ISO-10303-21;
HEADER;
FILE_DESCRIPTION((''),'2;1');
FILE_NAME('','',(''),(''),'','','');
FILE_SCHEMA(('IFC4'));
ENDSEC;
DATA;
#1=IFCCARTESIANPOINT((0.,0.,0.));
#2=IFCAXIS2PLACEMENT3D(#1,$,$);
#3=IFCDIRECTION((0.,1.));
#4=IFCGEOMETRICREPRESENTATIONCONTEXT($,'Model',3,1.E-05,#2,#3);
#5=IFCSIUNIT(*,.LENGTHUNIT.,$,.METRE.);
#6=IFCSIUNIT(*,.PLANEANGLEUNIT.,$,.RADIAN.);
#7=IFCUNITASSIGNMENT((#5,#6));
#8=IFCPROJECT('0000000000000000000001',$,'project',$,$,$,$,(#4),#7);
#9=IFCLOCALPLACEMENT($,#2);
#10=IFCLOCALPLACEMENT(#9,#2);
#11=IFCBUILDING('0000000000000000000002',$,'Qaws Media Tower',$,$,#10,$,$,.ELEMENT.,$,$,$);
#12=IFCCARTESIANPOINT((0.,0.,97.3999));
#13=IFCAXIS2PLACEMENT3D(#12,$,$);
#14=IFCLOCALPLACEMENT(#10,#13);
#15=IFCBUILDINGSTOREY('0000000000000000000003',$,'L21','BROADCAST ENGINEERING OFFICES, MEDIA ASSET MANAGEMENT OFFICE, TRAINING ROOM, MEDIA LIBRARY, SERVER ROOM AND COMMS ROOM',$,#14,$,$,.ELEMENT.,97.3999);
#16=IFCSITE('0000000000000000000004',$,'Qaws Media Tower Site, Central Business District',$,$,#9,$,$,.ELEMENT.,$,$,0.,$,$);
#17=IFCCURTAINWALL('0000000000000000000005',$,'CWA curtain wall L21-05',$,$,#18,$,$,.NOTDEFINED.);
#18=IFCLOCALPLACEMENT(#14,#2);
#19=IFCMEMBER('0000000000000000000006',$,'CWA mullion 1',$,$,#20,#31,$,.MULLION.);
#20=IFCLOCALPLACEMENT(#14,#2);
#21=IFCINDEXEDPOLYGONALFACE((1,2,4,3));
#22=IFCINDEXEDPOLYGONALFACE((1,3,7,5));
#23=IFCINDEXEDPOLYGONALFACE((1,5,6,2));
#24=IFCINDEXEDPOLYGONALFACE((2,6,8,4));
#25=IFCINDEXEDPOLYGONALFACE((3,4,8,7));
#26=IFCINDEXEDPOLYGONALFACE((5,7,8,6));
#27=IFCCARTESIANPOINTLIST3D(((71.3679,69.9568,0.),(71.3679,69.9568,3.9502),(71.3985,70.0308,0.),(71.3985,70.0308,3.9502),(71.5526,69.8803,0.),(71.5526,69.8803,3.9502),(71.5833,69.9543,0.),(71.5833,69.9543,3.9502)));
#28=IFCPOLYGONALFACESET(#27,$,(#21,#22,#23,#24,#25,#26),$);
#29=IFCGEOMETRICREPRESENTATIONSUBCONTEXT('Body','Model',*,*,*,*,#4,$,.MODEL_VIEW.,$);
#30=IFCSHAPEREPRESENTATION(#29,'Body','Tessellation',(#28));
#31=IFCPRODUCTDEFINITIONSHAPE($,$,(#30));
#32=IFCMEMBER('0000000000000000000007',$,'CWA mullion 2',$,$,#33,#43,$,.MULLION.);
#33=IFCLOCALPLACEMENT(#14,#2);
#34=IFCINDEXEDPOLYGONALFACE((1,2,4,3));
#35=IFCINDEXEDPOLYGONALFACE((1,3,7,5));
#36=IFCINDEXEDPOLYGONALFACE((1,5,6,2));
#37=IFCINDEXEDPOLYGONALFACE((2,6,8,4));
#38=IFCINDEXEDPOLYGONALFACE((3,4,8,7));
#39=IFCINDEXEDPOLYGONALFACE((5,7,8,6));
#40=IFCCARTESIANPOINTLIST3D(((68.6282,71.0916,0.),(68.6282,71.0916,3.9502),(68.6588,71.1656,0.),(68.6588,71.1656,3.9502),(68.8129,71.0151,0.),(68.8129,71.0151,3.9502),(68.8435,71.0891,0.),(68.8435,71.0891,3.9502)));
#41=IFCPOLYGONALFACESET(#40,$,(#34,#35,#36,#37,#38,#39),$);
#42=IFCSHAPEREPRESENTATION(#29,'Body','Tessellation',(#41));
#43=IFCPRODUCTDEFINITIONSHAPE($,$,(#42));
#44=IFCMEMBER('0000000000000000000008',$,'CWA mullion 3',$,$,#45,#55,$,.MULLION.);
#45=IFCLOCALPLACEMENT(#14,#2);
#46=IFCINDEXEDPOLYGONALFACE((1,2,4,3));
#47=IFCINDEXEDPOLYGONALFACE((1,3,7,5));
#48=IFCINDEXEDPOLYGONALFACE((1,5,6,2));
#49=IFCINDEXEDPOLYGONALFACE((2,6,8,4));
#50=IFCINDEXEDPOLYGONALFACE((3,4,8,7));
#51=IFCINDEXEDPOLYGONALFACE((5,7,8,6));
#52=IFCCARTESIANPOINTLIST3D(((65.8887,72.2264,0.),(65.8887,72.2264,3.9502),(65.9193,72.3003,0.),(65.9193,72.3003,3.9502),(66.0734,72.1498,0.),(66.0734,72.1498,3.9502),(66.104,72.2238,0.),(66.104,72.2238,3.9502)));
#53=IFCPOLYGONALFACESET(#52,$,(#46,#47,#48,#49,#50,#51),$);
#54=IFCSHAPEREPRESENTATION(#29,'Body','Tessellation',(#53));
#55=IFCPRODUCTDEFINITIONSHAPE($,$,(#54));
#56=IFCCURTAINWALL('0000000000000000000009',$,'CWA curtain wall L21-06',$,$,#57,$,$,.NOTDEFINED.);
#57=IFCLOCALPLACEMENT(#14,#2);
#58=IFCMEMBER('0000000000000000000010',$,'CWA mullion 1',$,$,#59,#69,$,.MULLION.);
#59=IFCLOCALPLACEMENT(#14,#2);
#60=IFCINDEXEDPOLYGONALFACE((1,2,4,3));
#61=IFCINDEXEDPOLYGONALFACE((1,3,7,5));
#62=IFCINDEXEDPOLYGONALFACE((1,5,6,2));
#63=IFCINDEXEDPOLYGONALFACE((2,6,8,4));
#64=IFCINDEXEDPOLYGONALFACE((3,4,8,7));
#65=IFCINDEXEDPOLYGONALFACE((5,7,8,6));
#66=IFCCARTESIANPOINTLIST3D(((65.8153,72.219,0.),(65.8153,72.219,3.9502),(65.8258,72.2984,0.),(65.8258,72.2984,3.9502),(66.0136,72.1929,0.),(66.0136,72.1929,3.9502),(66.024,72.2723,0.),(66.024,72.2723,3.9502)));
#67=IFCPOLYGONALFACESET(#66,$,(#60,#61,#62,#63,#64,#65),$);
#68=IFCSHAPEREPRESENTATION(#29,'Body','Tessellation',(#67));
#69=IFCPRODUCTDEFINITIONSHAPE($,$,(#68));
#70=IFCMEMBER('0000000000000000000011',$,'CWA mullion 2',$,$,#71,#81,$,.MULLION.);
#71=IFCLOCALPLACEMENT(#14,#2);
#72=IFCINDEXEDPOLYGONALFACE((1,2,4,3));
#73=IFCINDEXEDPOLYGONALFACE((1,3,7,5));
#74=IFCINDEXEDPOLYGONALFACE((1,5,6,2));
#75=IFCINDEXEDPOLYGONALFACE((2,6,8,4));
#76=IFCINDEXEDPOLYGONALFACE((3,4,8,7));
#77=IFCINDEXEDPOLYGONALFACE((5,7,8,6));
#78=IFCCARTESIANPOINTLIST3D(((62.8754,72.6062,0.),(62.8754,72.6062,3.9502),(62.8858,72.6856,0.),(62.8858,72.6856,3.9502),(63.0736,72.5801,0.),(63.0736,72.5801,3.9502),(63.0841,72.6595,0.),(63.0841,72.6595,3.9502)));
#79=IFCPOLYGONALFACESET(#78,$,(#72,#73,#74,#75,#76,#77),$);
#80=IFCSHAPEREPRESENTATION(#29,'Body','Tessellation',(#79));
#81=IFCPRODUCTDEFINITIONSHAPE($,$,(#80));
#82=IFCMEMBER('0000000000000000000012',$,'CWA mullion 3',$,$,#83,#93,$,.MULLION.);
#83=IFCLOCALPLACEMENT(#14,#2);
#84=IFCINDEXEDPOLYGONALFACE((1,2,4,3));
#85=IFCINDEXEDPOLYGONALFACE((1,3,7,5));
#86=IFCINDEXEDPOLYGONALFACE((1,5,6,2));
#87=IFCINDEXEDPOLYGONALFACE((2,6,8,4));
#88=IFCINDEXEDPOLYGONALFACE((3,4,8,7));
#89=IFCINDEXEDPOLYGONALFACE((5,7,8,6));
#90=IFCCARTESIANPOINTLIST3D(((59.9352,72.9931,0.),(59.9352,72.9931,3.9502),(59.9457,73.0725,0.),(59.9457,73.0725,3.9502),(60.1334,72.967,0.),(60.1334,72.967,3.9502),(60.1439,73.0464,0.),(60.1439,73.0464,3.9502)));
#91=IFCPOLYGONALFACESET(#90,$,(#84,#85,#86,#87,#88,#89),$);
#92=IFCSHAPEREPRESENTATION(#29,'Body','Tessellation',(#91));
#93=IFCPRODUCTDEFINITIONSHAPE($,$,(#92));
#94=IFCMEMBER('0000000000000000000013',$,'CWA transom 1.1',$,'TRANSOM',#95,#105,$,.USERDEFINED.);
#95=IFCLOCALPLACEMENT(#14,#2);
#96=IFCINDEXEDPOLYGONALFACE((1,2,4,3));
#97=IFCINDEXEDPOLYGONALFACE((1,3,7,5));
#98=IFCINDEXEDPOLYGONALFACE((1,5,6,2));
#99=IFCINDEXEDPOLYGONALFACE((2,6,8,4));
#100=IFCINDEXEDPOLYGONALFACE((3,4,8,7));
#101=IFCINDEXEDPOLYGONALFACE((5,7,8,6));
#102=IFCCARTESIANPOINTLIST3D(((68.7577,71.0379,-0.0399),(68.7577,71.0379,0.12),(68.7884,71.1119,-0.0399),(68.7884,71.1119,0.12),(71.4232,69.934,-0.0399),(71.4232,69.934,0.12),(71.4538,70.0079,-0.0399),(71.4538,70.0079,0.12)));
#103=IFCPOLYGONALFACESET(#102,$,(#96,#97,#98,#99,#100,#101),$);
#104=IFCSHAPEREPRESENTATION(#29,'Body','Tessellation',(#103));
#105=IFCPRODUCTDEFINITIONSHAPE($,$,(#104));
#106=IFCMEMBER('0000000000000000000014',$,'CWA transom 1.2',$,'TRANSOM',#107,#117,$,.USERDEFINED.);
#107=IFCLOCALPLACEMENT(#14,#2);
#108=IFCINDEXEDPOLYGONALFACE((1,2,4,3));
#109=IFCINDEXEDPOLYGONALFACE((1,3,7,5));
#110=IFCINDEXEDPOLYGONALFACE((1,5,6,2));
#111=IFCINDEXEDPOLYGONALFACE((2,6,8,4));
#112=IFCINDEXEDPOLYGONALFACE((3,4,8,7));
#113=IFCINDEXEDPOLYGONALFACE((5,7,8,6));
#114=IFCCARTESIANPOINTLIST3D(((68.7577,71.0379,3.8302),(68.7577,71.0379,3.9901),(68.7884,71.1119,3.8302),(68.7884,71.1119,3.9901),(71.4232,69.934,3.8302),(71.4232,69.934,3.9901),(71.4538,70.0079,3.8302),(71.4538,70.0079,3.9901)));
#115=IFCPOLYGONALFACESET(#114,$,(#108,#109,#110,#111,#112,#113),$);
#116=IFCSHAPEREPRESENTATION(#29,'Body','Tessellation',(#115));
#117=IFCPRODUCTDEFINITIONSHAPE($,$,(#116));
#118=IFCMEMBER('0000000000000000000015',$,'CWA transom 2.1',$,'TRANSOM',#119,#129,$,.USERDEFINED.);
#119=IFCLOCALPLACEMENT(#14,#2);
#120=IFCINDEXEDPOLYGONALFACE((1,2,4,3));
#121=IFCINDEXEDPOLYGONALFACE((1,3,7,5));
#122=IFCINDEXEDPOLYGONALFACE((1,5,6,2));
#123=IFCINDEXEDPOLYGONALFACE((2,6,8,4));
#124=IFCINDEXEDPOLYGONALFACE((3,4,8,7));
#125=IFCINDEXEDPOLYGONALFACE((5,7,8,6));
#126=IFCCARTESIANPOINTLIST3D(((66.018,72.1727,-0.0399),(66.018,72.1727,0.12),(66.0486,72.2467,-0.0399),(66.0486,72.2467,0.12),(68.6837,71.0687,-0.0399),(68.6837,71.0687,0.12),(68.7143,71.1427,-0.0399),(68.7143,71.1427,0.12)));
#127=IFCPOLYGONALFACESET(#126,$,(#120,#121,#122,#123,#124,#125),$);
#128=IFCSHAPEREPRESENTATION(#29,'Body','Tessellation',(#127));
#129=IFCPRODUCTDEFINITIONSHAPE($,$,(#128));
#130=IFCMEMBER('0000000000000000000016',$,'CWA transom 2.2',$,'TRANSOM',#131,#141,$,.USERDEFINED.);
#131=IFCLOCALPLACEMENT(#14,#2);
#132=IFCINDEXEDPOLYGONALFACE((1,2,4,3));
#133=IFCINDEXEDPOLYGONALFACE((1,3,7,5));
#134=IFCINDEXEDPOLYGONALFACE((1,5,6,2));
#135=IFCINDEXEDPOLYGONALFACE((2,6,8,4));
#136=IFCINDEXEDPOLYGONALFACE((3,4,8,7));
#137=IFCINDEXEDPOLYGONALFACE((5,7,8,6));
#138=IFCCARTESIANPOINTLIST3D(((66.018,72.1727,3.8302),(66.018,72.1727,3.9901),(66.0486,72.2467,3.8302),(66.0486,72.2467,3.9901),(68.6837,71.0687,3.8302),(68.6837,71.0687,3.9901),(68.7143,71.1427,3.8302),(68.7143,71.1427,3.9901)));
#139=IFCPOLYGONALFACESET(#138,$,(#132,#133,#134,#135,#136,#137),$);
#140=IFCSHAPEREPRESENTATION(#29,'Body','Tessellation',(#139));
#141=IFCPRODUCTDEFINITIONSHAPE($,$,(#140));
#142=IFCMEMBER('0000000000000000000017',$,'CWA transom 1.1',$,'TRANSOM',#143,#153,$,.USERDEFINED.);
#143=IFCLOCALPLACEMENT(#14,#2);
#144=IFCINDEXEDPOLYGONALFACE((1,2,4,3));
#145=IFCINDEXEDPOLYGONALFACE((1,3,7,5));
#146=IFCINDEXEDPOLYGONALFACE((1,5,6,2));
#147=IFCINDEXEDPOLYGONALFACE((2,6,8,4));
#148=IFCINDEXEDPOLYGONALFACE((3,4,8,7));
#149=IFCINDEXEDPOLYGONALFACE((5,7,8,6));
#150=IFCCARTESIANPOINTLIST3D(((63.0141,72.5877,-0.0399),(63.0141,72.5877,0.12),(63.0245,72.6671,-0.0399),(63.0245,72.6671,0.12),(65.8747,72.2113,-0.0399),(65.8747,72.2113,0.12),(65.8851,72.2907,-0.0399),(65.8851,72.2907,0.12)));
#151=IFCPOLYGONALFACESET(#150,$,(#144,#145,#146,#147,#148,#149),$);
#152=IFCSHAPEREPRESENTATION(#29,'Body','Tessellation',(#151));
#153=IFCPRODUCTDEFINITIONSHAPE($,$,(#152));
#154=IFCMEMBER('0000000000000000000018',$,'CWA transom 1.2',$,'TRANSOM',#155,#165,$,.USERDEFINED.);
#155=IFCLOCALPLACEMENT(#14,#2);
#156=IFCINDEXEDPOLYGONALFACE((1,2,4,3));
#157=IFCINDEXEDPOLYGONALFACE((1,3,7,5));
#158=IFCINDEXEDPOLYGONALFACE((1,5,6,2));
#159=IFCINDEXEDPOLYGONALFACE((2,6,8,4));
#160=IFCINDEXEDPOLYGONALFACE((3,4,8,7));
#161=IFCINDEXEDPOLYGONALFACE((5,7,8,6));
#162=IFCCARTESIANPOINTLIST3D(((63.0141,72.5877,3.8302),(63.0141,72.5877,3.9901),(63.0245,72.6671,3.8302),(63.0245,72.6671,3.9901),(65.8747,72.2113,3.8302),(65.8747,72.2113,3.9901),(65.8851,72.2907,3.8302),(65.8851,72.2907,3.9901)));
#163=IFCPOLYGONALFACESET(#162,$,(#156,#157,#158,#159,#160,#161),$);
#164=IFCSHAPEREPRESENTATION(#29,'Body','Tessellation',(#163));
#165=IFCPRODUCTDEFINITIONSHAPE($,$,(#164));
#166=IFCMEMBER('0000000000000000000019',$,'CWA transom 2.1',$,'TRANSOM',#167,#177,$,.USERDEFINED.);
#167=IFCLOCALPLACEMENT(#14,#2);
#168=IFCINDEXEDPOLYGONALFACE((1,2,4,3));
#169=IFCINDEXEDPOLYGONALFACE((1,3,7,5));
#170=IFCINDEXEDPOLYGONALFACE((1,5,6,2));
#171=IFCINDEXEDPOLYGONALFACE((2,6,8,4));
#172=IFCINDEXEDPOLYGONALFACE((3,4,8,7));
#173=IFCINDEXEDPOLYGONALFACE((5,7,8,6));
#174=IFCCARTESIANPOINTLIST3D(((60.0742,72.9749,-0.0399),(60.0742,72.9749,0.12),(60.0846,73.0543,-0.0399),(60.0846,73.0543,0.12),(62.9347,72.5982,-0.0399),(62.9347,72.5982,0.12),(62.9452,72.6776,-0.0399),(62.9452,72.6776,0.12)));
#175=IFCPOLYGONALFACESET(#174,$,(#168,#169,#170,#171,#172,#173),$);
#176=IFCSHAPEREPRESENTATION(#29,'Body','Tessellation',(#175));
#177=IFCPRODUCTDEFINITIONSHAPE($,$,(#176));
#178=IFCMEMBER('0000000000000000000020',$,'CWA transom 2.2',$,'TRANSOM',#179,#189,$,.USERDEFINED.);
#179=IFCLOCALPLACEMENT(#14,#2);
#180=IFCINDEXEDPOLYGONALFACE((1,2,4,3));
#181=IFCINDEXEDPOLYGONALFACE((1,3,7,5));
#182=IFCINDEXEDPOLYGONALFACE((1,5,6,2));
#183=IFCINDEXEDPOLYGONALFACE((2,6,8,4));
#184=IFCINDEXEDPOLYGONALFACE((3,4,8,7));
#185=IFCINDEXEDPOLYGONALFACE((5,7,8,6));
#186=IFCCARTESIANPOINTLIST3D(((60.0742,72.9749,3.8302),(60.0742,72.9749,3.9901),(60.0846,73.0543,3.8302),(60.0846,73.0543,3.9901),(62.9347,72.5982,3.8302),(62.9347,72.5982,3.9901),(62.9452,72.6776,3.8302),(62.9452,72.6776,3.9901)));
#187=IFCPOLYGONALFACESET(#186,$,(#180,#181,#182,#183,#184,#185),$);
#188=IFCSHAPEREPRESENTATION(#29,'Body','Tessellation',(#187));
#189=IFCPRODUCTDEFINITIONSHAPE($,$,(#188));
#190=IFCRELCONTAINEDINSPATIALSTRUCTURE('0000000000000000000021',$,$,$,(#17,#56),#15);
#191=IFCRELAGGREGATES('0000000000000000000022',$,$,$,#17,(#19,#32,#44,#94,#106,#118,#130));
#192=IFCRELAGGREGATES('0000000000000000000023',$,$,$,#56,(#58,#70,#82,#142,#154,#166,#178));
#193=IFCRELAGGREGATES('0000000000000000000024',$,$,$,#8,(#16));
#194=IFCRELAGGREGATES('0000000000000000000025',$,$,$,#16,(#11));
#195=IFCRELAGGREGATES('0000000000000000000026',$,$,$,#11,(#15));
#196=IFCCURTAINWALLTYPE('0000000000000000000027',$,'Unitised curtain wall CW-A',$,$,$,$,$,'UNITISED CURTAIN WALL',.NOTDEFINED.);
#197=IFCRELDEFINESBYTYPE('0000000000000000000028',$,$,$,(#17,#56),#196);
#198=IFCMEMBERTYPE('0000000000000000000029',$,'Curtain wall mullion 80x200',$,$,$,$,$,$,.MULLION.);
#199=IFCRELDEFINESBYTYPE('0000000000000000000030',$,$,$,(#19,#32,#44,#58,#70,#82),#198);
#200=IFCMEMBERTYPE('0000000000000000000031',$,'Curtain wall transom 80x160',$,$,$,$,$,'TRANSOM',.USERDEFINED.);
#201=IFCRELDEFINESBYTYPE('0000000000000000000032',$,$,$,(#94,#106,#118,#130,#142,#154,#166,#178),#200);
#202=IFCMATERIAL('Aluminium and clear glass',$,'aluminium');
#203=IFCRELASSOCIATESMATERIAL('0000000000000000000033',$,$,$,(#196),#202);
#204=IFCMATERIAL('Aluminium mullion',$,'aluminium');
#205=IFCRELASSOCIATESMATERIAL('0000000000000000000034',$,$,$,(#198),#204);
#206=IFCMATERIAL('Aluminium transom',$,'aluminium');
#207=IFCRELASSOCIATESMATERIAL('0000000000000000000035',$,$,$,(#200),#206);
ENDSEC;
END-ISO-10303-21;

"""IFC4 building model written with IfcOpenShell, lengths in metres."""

from ifc_helpers import new_model, si_unit, direction, frame, origin, origin_2d, place, context, subcontext, project, spatial, rectangle, extrude, material, material_profile, profile_set, type_object, element, aggregate, save


model = new_model("IFC4")

# Units and contexts
model_context = context("Model", 3, precision=1e-05, world=origin(), true_north=direction((0.0, 1.0)))
body_context = subcontext(model_context, "Body", "Model", "MODEL_VIEW")
ifc_project = project(units=[si_unit("LENGTHUNIT", "METRE"), si_unit("PLANEANGLEUNIT", "RADIAN")], contexts=[model_context])

# Site, building, storey
site_placement = place(None, origin())
site = spatial("IfcSite", under=ifc_project, at=site_placement, Name="Qaws Media Tower Site, Central Business District", CompositionType="ELEMENT", RefElevation=0.0)
building_placement = place(site_placement, origin())
building = spatial("IfcBuilding", under=site, at=building_placement, Name="Qaws Media Tower", CompositionType="ELEMENT")
storey_placement = place(building_placement, frame((0.0, 0.0, 97.3999)))
storey = spatial("IfcBuildingStorey", under=building, at=storey_placement, Name="L21", Description="BROADCAST ENGINEERING OFFICES, MEDIA ASSET MANAGEMENT OFFICE, TRAINING ROOM, MEDIA LIBRARY, SERVER ROOM AND COMMS ROOM", CompositionType="ELEMENT", Elevation=97.3999)

# Curtain walls, members
ifc_material_1 = material(Name="Aluminium and clear glass", Category="aluminium")
curtain_wall_type = type_object("IfcCurtainWallType", Name="Unitised curtain wall CW-A", ElementType="UNITISED CURTAIN WALL", PredefinedType="NOTDEFINED", material=ifc_material_1)
curtain_wall_1_placement = place(storey_placement, origin())
curtain_wall_1 = element("IfcCurtainWall", 1, at=curtain_wall_1_placement, inside=storey, type_object=curtain_wall_type, Name="CWA curtain wall L21-05", PredefinedType="NOTDEFINED")
ifc_material_2 = material(Name="Aluminium mullion", Category="aluminium")
ifc_material_profile_1 = material_profile(ifc_material_2, rectangle(XDim=0.0801, YDim=0.2, at=origin_2d()), Name="80x200")
ifc_profile_set_1 = profile_set([ifc_material_profile_1], Name="Aluminium mullion")
member_type_1 = type_object("IfcMemberType", Name="Curtain wall mullion 80x200", PredefinedType="MULLION", material=ifc_profile_set_1)
member_1_placement = place(storey_placement, frame((71.4756, 69.9556, 0.0), z_axis=(0.0, 0.0, 1.0), x_axis=(-0.382683, -0.92388, 0.0)))
member_1 = element("IfcMember", 2, at=member_1_placement, type_object=member_type_1, Name="CWA mullion 1", PredefinedType="MULLION", context=body_context, shape_type="SweptSolid", body=[
    extrude(rectangle(XDim=0.0801, YDim=0.2, at=origin_2d()), origin(), (0.0, 0.0, 1.0), 3.9502),
])
member_2_placement = place(storey_placement, frame((68.7358, 71.0903, 0.0), z_axis=(0.0, 0.0, 1.0), x_axis=(-0.382683, -0.92388, 0.0)))
member_2 = element("IfcMember", 3, at=member_2_placement, type_object=member_type_1, Name="CWA mullion 2", PredefinedType="MULLION", context=body_context, shape_type="SweptSolid", body=[
    extrude(rectangle(XDim=0.0801, YDim=0.2, at=origin_2d()), origin(), (0.0, 0.0, 1.0), 3.9502),
])
member_3_placement = place(storey_placement, frame((65.9963, 72.2251, 0.0), z_axis=(0.0, 0.0, 1.0), x_axis=(-0.382683, -0.92388, 0.0)))
member_3 = element("IfcMember", 4, at=member_3_placement, type_object=member_type_1, Name="CWA mullion 3", PredefinedType="MULLION", context=body_context, shape_type="SweptSolid", body=[
    extrude(rectangle(XDim=0.0801, YDim=0.2, at=origin_2d()), origin(), (0.0, 0.0, 1.0), 3.9502),
])
curtain_wall_2_placement = place(storey_placement, origin())
curtain_wall_2 = element("IfcCurtainWall", 5, at=curtain_wall_2_placement, inside=storey, type_object=curtain_wall_type, Name="CWA curtain wall L21-06", PredefinedType="NOTDEFINED")
member_4_placement = place(storey_placement, frame((65.9197, 72.2456, 0.0), z_axis=(0.0, 0.0, 1.0), x_axis=(-0.130526, -0.991445, 0.0)))
member_4 = element("IfcMember", 6, at=member_4_placement, type_object=member_type_1, Name="CWA mullion 1", PredefinedType="MULLION", context=body_context, shape_type="SweptSolid", body=[
    extrude(rectangle(XDim=0.0801, YDim=0.2, at=origin_2d()), origin(), (0.0, 0.0, 1.0), 3.9502),
])
member_5_placement = place(storey_placement, frame((62.9797, 72.6328, 0.0), z_axis=(0.0, 0.0, 1.0), x_axis=(-0.130526, -0.991445, 0.0)))
member_5 = element("IfcMember", 7, at=member_5_placement, type_object=member_type_1, Name="CWA mullion 2", PredefinedType="MULLION", context=body_context, shape_type="SweptSolid", body=[
    extrude(rectangle(XDim=0.0801, YDim=0.2, at=origin_2d()), origin(), (0.0, 0.0, 1.0), 3.9502),
])
member_6_placement = place(storey_placement, frame((60.0396, 73.0198, 0.0), z_axis=(0.0, 0.0, 1.0), x_axis=(-0.130526, -0.991445, 0.0)))
member_6 = element("IfcMember", 8, at=member_6_placement, type_object=member_type_1, Name="CWA mullion 3", PredefinedType="MULLION", context=body_context, shape_type="SweptSolid", body=[
    extrude(rectangle(XDim=0.0801, YDim=0.2, at=origin_2d()), origin(), (0.0, 0.0, 1.0), 3.9502),
])

# Members
ifc_material_3 = material(Name="Aluminium transom", Category="aluminium")
ifc_material_profile_2 = material_profile(ifc_material_3, rectangle(XDim=0.0801, YDim=0.1599, at=origin_2d()), Name="80x160")
ifc_profile_set_2 = profile_set([ifc_material_profile_2], Name="Aluminium transom")
member_type_2 = type_object("IfcMemberType", Name="Curtain wall transom 80x160", ElementType="TRANSOM", PredefinedType="USERDEFINED", material=ifc_profile_set_2)
member_7_placement = place(storey_placement, frame((71.4385, 69.9709, 0.04), z_axis=(-0.923891, 0.382656, 0.0), x_axis=(-0.382656, -0.923891, 0.0)))
member_7 = element("IfcMember", 9, at=member_7_placement, type_object=member_type_2, Name="CWA transom 1.1", ObjectType="TRANSOM", PredefinedType="USERDEFINED", context=body_context, shape_type="SweptSolid", body=[
    extrude(rectangle(XDim=0.0801, YDim=0.1599, at=origin_2d()), origin(), (0.0, 0.0, 1.0), 2.885),
])
member_8_placement = place(storey_placement, frame((71.4385, 69.9709, 3.9102), z_axis=(-0.923891, 0.382656, 0.0), x_axis=(-0.382656, -0.923891, 0.0)))
member_8 = element("IfcMember", 10, at=member_8_placement, type_object=member_type_2, Name="CWA transom 1.2", ObjectType="TRANSOM", PredefinedType="USERDEFINED", context=body_context, shape_type="SweptSolid", body=[
    extrude(rectangle(XDim=0.0801, YDim=0.1599, at=origin_2d()), origin(), (0.0, 0.0, 1.0), 2.885),
])
member_9_placement = place(storey_placement, frame((68.699, 71.1057, 0.04), z_axis=(-0.923903, 0.382626, 0.0), x_axis=(-0.382626, -0.923903, 0.0)))
member_9 = element("IfcMember", 11, at=member_9_placement, type_object=member_type_2, Name="CWA transom 2.1", ObjectType="TRANSOM", PredefinedType="USERDEFINED", context=body_context, shape_type="SweptSolid", body=[
    extrude(rectangle(XDim=0.0801, YDim=0.1599, at=origin_2d()), origin(), (0.0, 0.0, 1.0), 2.8853),
])
member_10_placement = place(storey_placement, frame((68.699, 71.1057, 3.9102), z_axis=(-0.923903, 0.382626, 0.0), x_axis=(-0.382626, -0.923903, 0.0)))
member_10 = element("IfcMember", 12, at=member_10_placement, type_object=member_type_2, Name="CWA transom 2.2", ObjectType="TRANSOM", PredefinedType="USERDEFINED", context=body_context, shape_type="SweptSolid", body=[
    extrude(rectangle(XDim=0.0801, YDim=0.1599, at=origin_2d()), origin(), (0.0, 0.0, 1.0), 2.8853),
])
member_11_placement = place(storey_placement, frame((65.8799, 72.251, 0.04), z_axis=(-0.991451, 0.130479, 0.0), x_axis=(-0.130479, -0.991451, 0.0)))
member_11 = element("IfcMember", 13, at=member_11_placement, type_object=member_type_2, Name="CWA transom 1.1", ObjectType="TRANSOM", PredefinedType="USERDEFINED", context=body_context, shape_type="SweptSolid", body=[
    extrude(rectangle(XDim=0.0801, YDim=0.1599, at=origin_2d()), origin(), (0.0, 0.0, 1.0), 2.8853),
])
member_12_placement = place(storey_placement, frame((65.8799, 72.251, 3.9102), z_axis=(-0.991451, 0.130479, 0.0), x_axis=(-0.130479, -0.991451, 0.0)))
member_12 = element("IfcMember", 14, at=member_12_placement, type_object=member_type_2, Name="CWA transom 1.2", ObjectType="TRANSOM", PredefinedType="USERDEFINED", context=body_context, shape_type="SweptSolid", body=[
    extrude(rectangle(XDim=0.0801, YDim=0.1599, at=origin_2d()), origin(), (0.0, 0.0, 1.0), 2.8853),
])
member_13_placement = place(storey_placement, frame((62.9399, 72.6379, 0.04), z_axis=(-0.99144, 0.130562, 0.0), x_axis=(-0.130562, -0.99144, 0.0)))
member_13 = element("IfcMember", 15, at=member_13_placement, type_object=member_type_2, Name="CWA transom 2.1", ObjectType="TRANSOM", PredefinedType="USERDEFINED", context=body_context, shape_type="SweptSolid", body=[
    extrude(rectangle(XDim=0.0801, YDim=0.1599, at=origin_2d()), origin(), (0.0, 0.0, 1.0), 2.8853),
])
member_14_placement = place(storey_placement, frame((62.9399, 72.6379, 3.9102), z_axis=(-0.99144, 0.130562, 0.0), x_axis=(-0.130562, -0.99144, 0.0)))
member_14 = element("IfcMember", 16, at=member_14_placement, type_object=member_type_2, Name="CWA transom 2.2", ObjectType="TRANSOM", PredefinedType="USERDEFINED", context=body_context, shape_type="SweptSolid", body=[
    extrude(rectangle(XDim=0.0801, YDim=0.1599, at=origin_2d()), origin(), (0.0, 0.0, 1.0), 2.8853),
])

aggregate(curtain_wall_1, [member_1, member_2, member_3, member_7, member_8, member_9, member_10])
aggregate(curtain_wall_2, [member_4, member_5, member_6, member_11, member_12, member_13, member_14])

save(model, "model.ifc")
